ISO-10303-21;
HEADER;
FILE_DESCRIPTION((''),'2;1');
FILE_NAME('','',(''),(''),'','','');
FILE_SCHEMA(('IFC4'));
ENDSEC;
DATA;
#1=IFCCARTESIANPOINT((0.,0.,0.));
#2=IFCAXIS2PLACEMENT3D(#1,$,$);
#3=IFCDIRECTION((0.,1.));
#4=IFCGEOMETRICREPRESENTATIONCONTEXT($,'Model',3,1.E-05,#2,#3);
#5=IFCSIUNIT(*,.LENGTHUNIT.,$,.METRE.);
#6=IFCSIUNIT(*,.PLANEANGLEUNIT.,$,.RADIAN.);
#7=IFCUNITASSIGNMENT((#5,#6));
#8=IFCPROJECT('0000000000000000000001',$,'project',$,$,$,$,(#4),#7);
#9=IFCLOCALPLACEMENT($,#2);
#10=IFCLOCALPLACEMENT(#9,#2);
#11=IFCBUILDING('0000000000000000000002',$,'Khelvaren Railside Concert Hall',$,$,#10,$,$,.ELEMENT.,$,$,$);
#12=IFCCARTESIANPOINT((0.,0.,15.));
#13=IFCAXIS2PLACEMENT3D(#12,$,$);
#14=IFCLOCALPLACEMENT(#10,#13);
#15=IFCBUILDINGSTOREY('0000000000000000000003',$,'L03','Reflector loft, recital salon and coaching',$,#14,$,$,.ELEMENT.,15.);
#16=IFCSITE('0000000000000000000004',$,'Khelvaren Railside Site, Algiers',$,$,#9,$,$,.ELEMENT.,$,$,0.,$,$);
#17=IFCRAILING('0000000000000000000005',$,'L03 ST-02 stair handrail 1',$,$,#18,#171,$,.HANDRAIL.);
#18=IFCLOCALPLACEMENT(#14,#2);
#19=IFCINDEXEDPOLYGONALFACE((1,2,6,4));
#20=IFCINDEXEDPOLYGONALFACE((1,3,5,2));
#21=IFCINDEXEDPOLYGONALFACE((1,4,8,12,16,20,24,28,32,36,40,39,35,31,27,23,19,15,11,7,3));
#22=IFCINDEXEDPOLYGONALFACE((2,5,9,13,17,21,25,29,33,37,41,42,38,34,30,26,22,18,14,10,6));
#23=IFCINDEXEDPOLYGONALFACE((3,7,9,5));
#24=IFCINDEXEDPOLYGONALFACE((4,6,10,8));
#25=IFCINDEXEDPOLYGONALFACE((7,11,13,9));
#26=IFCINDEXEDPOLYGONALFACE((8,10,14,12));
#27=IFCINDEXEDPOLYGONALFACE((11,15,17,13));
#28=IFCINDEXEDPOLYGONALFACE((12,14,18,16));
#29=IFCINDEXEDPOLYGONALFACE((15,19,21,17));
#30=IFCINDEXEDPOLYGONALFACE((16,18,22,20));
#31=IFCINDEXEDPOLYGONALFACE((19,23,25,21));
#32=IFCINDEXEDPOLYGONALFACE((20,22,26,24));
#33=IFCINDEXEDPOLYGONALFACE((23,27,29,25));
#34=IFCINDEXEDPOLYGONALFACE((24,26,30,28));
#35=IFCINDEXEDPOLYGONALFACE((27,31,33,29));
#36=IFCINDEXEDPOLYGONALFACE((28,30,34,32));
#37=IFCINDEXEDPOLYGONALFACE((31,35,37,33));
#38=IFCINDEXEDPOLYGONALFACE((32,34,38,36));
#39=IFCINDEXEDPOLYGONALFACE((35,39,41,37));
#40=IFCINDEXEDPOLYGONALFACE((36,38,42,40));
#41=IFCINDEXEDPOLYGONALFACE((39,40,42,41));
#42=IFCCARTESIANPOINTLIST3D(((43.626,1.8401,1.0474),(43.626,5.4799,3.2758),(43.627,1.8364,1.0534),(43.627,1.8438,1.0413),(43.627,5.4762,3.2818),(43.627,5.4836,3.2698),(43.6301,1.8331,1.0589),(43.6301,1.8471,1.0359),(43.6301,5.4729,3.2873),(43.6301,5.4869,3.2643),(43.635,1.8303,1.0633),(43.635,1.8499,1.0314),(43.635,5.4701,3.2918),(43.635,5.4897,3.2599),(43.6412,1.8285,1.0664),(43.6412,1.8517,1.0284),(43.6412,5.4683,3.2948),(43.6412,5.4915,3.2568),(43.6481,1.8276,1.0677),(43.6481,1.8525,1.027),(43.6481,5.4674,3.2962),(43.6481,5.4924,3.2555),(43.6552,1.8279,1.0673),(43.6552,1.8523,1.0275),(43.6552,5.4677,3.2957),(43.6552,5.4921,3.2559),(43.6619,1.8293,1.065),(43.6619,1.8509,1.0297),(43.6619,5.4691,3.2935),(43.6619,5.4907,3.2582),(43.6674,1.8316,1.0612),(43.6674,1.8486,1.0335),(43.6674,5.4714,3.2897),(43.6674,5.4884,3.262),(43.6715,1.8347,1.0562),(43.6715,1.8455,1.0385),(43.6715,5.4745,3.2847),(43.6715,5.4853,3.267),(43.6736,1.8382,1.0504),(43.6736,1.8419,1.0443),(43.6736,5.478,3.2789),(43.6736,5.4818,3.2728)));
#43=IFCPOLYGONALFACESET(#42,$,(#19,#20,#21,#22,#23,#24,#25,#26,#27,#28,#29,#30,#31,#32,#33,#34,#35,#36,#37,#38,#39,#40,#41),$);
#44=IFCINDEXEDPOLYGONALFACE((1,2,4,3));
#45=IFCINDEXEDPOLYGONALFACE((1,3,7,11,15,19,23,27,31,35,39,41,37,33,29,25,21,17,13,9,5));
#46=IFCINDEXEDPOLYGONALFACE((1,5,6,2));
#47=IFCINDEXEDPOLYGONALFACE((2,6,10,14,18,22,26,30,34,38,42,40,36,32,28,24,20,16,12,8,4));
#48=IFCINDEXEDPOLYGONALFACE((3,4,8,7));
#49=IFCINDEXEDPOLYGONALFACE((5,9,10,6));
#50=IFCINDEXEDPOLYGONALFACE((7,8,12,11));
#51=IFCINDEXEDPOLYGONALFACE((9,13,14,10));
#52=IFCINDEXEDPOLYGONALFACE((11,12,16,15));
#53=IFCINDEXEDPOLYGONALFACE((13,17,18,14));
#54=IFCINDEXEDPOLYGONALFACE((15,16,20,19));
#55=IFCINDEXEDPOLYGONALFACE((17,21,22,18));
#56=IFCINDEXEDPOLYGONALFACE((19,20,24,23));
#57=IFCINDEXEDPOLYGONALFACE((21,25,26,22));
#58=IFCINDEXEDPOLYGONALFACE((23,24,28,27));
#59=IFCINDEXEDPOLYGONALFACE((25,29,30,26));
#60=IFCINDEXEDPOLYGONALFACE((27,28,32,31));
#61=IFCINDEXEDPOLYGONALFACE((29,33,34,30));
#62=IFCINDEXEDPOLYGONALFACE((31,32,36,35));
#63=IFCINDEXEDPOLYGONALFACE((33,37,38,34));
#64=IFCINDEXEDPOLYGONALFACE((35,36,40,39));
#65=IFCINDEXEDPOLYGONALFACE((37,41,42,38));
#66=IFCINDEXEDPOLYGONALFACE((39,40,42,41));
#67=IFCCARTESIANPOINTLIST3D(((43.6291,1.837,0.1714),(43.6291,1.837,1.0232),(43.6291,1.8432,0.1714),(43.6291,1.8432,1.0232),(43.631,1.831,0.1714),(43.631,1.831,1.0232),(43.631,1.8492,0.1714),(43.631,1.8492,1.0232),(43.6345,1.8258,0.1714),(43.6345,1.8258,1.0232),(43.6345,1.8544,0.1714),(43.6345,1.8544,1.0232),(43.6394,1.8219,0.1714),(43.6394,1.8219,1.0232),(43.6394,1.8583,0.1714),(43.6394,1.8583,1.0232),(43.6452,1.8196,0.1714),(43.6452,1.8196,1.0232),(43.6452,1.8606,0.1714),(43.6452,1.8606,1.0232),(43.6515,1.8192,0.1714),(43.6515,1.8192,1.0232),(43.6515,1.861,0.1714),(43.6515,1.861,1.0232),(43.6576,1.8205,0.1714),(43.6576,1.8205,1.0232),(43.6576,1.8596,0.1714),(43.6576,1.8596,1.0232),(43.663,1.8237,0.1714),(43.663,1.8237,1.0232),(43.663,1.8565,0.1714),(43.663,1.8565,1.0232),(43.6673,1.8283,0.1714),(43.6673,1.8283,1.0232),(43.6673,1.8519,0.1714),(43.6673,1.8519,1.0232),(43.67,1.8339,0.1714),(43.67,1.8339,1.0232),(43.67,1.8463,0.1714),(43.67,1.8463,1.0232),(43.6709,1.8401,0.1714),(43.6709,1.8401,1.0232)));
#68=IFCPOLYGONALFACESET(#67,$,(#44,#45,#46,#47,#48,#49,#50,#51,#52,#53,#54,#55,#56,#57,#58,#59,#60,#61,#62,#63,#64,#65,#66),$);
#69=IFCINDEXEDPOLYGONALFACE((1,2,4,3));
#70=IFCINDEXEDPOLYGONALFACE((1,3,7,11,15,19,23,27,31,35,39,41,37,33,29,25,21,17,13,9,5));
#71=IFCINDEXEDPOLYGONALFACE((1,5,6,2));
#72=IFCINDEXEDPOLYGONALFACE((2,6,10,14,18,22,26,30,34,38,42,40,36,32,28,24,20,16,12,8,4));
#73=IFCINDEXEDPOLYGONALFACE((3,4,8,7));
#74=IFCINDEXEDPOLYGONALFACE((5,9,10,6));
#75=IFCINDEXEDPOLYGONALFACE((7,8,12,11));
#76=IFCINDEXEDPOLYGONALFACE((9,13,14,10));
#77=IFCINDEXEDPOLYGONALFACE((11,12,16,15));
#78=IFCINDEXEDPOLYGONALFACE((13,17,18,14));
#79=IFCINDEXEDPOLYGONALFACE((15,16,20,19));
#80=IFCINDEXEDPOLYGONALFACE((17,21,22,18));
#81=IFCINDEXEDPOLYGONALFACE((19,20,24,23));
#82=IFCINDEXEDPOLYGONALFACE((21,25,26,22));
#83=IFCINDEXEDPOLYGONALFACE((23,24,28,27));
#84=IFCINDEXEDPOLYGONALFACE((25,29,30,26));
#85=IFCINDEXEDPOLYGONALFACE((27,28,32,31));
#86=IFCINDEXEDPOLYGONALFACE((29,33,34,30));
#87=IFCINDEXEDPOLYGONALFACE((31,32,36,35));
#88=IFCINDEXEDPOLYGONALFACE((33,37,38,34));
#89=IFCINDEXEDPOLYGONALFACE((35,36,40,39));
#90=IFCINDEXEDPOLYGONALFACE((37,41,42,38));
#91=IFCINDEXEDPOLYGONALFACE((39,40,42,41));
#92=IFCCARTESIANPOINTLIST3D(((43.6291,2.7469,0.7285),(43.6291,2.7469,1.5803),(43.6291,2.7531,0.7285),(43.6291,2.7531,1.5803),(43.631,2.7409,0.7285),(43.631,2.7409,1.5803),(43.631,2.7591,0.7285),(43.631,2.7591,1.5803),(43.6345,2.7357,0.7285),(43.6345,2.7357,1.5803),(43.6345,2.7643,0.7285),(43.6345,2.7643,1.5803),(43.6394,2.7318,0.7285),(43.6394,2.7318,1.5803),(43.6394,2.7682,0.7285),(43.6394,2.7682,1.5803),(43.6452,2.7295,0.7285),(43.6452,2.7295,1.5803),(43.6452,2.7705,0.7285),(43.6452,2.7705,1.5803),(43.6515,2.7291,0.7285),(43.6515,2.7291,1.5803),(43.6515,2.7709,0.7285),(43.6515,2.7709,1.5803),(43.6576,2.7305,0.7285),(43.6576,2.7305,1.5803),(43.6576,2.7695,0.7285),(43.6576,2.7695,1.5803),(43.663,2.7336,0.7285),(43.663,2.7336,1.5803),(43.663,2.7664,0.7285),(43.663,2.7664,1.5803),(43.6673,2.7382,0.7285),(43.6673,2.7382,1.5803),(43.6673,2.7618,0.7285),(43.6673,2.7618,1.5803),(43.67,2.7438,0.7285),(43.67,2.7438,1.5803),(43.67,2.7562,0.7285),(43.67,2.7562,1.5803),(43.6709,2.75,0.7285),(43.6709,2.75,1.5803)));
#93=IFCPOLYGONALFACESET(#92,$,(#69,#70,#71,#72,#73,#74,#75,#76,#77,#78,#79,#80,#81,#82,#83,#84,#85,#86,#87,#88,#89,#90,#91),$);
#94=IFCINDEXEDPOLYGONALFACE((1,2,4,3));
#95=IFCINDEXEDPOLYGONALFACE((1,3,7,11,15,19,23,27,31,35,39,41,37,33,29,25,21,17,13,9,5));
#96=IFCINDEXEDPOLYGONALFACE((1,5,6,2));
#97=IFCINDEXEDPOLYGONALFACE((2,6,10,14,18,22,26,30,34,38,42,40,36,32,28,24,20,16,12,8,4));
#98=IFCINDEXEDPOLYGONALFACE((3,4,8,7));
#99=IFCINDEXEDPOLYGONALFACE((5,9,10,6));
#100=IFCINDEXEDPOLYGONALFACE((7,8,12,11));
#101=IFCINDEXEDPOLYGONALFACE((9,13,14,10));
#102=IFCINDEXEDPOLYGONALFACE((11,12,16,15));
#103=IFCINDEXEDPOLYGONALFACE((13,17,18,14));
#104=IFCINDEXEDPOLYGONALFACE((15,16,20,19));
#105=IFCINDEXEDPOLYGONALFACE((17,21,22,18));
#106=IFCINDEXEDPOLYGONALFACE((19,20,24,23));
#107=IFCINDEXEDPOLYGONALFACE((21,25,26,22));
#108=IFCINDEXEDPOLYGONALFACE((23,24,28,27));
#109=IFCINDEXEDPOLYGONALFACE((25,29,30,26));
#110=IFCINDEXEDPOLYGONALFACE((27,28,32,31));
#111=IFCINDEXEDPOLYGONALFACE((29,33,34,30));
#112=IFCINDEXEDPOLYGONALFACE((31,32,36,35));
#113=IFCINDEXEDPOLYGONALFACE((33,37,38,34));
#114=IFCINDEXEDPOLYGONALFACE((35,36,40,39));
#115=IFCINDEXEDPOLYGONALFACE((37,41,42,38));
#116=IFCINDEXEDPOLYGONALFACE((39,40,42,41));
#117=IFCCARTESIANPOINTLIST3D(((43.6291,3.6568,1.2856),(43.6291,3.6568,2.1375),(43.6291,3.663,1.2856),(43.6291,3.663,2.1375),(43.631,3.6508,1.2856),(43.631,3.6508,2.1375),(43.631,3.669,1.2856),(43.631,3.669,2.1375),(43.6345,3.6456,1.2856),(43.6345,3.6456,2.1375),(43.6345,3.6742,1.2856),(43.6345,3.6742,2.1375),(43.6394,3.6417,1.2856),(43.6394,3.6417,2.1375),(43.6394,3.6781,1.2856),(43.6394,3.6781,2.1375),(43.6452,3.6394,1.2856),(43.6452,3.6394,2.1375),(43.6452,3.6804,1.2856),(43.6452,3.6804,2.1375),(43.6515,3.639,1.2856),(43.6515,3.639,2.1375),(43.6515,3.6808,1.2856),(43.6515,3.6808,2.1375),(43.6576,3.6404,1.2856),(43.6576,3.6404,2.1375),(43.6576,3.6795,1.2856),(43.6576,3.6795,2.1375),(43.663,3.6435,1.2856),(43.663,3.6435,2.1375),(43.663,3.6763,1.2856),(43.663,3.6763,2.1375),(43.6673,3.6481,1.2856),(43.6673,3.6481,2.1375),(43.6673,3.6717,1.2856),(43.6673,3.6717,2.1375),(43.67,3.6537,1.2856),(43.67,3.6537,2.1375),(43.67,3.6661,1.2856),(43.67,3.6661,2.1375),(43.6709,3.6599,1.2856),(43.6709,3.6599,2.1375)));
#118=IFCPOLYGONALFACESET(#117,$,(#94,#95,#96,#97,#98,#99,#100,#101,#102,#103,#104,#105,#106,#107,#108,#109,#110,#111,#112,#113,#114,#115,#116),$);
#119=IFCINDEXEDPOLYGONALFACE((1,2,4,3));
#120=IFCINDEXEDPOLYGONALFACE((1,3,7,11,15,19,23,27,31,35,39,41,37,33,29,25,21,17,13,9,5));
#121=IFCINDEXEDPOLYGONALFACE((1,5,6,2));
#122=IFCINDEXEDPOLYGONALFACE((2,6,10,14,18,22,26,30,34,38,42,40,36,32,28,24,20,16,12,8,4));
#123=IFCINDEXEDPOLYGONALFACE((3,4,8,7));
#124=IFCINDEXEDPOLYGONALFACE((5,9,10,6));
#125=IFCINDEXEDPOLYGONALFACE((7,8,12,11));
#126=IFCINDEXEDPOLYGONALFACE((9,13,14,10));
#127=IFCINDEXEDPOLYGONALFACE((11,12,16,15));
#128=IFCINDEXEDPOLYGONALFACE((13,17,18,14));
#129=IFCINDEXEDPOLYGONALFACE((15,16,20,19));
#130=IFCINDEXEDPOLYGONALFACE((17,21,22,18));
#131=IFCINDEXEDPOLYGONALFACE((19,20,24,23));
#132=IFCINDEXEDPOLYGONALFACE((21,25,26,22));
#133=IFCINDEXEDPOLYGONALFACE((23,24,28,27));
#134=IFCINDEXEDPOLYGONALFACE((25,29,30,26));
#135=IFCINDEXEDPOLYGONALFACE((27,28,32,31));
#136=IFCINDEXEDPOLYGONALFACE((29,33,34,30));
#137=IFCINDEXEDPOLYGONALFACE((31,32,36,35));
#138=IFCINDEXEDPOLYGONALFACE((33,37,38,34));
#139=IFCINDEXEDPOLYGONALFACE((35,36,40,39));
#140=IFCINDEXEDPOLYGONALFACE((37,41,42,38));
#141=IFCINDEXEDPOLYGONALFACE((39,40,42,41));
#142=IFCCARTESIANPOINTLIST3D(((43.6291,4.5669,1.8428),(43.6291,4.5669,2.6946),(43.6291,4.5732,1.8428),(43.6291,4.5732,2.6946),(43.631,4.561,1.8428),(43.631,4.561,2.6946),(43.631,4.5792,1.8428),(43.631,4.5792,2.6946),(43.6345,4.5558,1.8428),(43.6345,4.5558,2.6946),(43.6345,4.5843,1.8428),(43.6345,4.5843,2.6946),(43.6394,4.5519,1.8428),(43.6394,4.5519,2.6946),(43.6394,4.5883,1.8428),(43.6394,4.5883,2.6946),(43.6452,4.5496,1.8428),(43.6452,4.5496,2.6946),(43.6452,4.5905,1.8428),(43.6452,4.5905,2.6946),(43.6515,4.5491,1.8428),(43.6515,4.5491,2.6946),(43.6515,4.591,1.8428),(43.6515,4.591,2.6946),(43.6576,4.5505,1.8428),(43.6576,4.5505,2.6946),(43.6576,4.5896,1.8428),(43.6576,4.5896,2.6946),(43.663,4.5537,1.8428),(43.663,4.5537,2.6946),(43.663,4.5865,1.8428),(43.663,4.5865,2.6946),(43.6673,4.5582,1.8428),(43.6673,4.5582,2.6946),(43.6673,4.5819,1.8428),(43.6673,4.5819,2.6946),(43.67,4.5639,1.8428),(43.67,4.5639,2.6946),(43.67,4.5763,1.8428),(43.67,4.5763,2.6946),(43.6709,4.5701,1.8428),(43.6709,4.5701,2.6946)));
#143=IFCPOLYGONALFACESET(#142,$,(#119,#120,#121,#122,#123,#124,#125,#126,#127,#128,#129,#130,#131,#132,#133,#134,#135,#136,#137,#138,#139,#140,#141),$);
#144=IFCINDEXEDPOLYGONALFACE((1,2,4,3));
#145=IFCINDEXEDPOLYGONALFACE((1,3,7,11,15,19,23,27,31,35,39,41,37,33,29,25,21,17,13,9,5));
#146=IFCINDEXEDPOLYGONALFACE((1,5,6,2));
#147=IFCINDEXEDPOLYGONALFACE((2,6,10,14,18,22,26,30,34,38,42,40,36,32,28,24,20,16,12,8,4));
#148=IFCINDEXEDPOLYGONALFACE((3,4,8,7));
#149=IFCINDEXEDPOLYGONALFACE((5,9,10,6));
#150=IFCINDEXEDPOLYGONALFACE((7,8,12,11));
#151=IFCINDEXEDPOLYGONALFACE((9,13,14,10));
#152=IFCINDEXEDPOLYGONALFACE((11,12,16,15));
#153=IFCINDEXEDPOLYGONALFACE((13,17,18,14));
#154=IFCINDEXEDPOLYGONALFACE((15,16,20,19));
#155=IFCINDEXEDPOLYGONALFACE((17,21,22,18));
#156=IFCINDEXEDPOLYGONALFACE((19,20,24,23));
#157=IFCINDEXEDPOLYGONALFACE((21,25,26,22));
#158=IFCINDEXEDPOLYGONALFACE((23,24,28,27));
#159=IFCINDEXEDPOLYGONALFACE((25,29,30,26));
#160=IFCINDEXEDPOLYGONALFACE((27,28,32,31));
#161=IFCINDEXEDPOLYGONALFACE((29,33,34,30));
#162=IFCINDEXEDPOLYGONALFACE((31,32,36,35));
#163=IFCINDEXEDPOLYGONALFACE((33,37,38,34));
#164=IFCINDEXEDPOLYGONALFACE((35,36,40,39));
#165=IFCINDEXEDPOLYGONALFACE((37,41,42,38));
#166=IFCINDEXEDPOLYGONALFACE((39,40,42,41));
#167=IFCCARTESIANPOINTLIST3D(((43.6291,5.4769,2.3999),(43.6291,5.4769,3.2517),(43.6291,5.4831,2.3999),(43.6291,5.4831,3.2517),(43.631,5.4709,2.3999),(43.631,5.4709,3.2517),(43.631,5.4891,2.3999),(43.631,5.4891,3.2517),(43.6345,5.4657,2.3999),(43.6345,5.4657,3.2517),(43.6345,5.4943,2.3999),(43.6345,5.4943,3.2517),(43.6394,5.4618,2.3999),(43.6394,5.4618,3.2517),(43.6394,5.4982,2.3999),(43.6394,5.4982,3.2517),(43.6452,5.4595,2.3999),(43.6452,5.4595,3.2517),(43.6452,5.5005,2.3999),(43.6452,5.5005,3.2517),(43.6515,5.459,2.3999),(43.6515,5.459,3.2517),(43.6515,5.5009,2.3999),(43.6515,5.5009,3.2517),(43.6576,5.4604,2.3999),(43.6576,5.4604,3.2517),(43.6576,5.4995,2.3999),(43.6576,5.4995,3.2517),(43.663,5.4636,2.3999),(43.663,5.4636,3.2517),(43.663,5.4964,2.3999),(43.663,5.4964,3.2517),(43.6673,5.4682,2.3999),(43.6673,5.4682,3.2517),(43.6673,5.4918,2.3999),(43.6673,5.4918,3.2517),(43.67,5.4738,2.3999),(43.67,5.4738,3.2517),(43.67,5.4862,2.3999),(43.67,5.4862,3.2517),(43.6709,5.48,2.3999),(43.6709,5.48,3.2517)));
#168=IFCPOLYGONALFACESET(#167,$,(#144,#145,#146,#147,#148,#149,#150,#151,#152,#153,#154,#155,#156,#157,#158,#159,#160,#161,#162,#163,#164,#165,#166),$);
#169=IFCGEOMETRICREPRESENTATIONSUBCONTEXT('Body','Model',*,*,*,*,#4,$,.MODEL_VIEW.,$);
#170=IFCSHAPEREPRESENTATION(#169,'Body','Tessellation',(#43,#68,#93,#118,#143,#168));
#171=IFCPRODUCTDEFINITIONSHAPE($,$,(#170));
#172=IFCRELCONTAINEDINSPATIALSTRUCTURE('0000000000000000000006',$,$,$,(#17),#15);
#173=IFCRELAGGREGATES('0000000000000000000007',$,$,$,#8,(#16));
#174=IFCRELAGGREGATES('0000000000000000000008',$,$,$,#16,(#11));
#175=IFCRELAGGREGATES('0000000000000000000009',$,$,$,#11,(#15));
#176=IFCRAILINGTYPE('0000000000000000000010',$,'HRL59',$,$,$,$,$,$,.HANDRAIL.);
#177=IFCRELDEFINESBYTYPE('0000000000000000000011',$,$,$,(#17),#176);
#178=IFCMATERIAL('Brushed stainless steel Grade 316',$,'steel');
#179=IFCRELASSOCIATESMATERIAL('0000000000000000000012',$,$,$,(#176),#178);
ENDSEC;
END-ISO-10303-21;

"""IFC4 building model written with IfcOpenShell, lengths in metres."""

from ifc_helpers import new_model, si_unit, direction, frame, origin, origin_2d, place, context, subcontext, project, spatial, circle, extrude, material, type_object, element, save


model = new_model("IFC4")

# Units and contexts
model_context = context("Model", 3, precision=1e-05, world=origin(), true_north=direction((0.0, 1.0)))
body_context = subcontext(model_context, "Body", "Model", "MODEL_VIEW")
ifc_project = project(units=[si_unit("LENGTHUNIT", "METRE"), si_unit("PLANEANGLEUNIT", "RADIAN")], contexts=[model_context])

# Site, building, storey
site_placement = place(None, origin())
site = spatial("IfcSite", under=ifc_project, at=site_placement, Name="Khelvaren Railside Site, Algiers", CompositionType="ELEMENT", RefElevation=0.0)
building_placement = place(site_placement, origin())
building = spatial("IfcBuilding", under=site, at=building_placement, Name="Khelvaren Railside Concert Hall", CompositionType="ELEMENT")
storey_placement = place(building_placement, frame((0.0, 0.0, 15.0)))
storey = spatial("IfcBuildingStorey", under=building, at=storey_placement, Name="L03", Description="Reflector loft, recital salon and coaching", CompositionType="ELEMENT", Elevation=15.0)

# Railing
ifc_material_1 = material(Name="Brushed stainless steel Grade 316", Category="steel")
railing_type_1 = type_object("IfcRailingType", Name="HRL59", PredefinedType="HANDRAIL", material=ifc_material_1)
railing_1_placement = place(storey_placement, frame((43.6499, 1.8401, 0.1714)))
element("IfcRailing", 1, at=railing_1_placement, inside=storey, type_object=railing_type_1, Name="L03 ST-02 stair handrail 1", PredefinedType="HANDRAIL", context=body_context, shape_type="SweptSolid", body=[
    extrude(circle(Radius=0.0239, at=origin_2d()), frame((0.0, 0.0, 0.876), z_axis=(0.0, 0.85285, 0.522156), x_axis=(-1.0, 0.0, 0.0)), (0.0, 0.0, 1.0), 4.2678),
    extrude(circle(Radius=0.021, at=origin_2d()), origin(), (0.0, 0.0, 1.0), 0.8518),
    extrude(circle(Radius=0.021, at=origin_2d()), frame((0.0, 0.9099, 0.5571)), (0.0, 0.0, 1.0), 0.8518),
    extrude(circle(Radius=0.021, at=origin_2d()), frame((0.0, 1.8198, 1.1143)), (0.0, 0.0, 1.0), 0.8518),
    extrude(circle(Radius=0.021, at=origin_2d()), frame((0.0, 2.73, 1.6714)), (0.0, 0.0, 1.0), 0.8518),
    extrude(circle(Radius=0.021, at=origin_2d()), frame((0.0, 3.6399, 2.2285)), (0.0, 0.0, 1.0), 0.8518),
])

save(model, "model.ifc")
